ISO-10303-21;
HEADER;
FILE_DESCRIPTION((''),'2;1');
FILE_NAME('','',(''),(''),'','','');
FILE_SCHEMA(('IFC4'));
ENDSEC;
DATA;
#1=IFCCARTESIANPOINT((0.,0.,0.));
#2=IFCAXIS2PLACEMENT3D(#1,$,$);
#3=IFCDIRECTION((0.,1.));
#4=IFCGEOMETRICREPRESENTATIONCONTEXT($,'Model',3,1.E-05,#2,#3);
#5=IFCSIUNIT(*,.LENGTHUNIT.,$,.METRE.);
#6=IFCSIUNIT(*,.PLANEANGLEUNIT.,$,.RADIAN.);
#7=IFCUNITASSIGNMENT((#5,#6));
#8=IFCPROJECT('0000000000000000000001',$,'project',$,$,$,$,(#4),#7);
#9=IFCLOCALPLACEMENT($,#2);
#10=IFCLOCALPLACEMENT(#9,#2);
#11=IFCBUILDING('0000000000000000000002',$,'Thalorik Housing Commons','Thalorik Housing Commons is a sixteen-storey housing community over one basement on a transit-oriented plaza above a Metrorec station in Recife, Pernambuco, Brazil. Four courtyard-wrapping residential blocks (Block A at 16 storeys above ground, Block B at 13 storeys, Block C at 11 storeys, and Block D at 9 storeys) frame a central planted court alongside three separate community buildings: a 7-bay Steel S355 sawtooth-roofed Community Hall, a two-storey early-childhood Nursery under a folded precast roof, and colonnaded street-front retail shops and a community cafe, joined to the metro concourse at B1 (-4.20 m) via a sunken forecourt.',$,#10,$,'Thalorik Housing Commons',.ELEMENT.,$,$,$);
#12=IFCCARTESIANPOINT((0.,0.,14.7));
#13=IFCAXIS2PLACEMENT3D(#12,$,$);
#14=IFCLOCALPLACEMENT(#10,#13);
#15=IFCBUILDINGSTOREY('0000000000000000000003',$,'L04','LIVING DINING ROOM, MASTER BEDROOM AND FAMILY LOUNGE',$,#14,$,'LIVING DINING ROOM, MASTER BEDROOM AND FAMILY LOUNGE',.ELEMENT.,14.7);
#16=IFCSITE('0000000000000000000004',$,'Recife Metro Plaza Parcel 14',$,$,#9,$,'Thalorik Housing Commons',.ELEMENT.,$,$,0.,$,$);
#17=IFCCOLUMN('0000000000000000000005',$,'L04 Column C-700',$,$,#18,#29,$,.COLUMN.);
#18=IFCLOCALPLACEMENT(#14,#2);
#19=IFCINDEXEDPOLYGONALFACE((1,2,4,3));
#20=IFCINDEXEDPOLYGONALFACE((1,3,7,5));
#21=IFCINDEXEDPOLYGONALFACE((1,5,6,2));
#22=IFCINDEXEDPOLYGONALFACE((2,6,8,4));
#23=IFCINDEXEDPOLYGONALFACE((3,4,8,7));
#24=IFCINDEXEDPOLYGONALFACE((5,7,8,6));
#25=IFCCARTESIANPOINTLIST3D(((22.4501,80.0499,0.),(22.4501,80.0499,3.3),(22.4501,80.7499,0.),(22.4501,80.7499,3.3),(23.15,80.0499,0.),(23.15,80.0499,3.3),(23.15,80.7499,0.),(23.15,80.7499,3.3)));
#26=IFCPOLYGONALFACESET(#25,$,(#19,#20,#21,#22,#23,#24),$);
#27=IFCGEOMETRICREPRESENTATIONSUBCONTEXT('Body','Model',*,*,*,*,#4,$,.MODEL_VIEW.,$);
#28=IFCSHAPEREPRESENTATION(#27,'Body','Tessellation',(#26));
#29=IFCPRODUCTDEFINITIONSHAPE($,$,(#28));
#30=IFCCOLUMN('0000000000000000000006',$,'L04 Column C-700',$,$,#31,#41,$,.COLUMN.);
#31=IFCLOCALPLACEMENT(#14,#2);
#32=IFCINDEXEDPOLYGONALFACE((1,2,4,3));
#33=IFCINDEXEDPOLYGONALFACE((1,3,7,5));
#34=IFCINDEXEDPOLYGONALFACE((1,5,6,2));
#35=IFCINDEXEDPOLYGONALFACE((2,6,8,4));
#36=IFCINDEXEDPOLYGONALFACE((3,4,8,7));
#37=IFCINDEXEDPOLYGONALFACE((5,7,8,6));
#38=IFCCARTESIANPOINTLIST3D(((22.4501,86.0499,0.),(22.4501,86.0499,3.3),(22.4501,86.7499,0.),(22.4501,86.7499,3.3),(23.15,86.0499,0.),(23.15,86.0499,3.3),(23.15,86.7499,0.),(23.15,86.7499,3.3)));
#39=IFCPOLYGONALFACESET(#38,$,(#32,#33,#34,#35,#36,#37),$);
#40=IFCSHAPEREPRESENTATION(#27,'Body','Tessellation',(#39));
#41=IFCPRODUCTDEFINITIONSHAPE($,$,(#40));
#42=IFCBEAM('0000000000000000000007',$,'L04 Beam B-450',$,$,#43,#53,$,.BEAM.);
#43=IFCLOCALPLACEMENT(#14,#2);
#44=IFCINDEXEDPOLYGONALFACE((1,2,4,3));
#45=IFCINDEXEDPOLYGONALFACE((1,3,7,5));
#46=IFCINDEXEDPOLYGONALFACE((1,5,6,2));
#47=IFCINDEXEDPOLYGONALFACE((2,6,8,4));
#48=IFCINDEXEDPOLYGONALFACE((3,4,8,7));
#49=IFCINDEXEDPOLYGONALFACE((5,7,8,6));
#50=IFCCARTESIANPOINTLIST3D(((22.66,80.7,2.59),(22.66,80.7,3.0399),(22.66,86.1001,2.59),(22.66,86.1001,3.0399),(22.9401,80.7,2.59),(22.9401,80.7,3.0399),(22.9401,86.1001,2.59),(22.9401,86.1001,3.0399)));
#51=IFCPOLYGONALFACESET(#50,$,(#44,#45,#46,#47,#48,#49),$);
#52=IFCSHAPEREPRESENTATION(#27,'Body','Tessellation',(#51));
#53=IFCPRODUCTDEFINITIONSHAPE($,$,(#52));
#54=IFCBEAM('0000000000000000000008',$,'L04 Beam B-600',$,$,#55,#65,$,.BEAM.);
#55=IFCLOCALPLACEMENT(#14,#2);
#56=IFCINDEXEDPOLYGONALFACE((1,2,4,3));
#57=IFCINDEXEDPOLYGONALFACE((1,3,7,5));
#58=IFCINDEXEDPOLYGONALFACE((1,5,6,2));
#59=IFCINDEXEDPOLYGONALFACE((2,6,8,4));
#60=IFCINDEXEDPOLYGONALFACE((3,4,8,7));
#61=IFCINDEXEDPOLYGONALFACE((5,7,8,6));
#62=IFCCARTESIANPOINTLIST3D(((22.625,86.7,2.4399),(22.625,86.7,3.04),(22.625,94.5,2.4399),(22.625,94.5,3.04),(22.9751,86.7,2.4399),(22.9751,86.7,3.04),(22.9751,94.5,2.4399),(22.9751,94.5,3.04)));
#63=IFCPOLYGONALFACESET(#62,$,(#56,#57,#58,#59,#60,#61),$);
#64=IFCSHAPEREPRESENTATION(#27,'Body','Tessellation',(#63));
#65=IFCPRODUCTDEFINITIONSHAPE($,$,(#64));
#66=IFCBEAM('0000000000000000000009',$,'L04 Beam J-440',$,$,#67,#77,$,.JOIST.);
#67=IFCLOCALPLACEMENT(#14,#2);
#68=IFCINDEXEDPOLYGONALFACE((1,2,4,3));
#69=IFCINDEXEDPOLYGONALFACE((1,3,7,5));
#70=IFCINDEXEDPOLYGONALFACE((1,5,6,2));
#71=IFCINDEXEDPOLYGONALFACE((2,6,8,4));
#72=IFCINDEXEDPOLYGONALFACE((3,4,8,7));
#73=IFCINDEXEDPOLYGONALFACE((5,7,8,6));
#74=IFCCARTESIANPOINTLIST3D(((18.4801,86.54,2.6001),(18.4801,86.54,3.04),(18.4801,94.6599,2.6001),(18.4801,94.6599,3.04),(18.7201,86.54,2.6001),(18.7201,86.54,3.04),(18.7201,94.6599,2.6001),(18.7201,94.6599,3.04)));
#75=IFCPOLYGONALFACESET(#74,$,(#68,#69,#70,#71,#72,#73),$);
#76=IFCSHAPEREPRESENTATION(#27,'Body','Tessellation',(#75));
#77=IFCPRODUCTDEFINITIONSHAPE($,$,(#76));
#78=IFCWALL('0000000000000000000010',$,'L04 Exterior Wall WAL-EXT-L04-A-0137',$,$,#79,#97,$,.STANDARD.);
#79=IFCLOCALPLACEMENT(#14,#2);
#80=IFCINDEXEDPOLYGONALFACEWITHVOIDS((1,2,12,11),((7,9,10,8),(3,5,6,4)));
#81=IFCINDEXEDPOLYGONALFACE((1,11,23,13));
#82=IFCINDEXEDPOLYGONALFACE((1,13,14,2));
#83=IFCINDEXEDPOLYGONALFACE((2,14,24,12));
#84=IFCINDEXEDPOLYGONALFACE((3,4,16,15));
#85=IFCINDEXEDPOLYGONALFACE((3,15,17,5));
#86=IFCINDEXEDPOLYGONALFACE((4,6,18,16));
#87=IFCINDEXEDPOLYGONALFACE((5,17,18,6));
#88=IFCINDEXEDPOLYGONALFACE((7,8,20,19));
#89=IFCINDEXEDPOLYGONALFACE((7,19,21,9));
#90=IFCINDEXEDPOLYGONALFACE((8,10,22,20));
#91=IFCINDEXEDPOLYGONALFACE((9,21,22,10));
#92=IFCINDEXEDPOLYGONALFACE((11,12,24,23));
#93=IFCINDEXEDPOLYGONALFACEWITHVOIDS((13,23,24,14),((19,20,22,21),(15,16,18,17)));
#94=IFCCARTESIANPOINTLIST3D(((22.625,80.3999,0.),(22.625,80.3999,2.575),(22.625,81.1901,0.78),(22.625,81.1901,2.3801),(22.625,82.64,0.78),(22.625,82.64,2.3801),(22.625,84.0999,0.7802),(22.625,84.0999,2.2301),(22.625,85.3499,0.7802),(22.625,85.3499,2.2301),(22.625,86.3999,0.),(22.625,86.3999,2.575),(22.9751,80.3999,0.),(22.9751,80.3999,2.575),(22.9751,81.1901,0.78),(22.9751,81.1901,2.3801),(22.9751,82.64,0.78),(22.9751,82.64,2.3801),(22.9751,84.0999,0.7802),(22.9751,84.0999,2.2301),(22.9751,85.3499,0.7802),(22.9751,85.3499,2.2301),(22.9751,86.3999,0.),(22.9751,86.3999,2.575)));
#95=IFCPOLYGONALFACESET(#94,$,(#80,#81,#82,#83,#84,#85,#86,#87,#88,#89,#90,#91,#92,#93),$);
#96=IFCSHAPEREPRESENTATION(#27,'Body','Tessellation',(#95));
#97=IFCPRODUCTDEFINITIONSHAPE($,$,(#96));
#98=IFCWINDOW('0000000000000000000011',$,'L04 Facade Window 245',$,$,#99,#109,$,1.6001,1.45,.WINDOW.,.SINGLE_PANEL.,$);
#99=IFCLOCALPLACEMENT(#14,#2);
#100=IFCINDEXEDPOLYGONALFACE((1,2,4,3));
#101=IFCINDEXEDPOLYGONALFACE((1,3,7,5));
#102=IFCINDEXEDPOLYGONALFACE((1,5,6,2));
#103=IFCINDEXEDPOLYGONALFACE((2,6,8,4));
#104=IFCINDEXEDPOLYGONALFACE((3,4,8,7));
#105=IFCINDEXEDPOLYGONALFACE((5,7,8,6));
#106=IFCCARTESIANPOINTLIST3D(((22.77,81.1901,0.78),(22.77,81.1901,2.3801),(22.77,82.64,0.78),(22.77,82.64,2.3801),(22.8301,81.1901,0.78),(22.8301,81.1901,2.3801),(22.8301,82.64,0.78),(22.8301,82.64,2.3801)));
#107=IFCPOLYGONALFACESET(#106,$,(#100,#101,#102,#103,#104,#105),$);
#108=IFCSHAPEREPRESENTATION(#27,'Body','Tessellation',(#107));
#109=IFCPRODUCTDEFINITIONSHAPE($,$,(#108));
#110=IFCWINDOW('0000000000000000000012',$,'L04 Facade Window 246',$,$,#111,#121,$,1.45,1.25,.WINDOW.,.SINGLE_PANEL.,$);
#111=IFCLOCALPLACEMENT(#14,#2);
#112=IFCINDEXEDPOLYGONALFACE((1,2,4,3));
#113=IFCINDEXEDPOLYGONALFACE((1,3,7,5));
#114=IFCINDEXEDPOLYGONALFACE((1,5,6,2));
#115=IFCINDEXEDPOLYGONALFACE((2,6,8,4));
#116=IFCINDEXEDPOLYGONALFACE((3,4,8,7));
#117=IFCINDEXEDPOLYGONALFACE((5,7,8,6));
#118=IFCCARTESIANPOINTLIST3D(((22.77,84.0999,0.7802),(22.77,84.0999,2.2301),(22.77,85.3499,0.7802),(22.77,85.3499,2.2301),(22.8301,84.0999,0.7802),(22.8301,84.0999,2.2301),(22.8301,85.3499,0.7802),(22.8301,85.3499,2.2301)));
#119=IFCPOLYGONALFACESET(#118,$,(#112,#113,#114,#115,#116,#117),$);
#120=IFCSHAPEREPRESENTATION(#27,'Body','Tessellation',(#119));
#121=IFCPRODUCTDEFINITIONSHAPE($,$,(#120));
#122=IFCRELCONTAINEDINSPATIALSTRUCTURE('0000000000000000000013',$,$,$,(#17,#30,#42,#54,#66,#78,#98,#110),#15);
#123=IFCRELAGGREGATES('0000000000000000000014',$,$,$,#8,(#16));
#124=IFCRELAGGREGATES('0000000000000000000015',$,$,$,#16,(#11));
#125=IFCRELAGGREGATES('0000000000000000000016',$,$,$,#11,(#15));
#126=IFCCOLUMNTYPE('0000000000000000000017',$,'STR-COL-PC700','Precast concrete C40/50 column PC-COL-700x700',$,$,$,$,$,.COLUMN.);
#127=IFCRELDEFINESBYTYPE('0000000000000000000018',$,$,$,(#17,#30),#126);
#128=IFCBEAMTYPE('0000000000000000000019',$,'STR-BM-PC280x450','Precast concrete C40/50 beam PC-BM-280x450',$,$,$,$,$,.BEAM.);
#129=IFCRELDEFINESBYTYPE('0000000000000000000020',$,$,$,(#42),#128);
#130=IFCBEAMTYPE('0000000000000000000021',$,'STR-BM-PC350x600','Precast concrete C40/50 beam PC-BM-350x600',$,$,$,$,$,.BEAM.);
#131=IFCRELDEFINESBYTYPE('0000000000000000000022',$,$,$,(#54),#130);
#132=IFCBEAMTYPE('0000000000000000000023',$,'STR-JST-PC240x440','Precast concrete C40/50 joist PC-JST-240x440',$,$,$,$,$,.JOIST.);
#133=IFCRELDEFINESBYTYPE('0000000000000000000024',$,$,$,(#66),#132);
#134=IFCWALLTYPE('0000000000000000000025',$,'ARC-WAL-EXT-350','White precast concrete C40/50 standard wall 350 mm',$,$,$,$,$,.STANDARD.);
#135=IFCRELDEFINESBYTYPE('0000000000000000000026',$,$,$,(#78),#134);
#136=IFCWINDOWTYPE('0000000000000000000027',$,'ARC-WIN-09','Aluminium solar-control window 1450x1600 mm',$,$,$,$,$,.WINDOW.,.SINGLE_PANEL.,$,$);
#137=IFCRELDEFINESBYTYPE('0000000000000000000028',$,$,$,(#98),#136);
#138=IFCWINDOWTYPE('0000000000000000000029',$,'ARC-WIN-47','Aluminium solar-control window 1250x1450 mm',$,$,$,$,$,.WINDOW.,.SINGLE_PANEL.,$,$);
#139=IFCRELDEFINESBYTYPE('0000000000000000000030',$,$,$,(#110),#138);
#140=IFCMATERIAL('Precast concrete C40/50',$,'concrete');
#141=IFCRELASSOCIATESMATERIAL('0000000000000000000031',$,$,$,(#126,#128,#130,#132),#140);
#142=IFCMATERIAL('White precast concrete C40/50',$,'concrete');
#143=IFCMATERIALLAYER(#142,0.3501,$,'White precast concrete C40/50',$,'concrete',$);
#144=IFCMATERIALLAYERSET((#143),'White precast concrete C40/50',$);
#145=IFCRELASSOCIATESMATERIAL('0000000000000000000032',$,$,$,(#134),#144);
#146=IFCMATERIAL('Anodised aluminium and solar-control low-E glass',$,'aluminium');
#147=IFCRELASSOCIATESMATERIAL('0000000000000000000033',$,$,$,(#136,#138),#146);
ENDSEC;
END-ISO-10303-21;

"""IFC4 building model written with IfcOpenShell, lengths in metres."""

from ifc_helpers import new_model, si_unit, direction, frame, frame_2d, origin, origin_2d, place, context, subcontext, project, spatial, rectangle, extrude, material, layer, layer_set, material_profile, profile_set, type_object, element, fill, save


model = new_model("IFC4")

# Units and contexts
model_context = context("Model", 3, precision=1e-05, world=origin(), true_north=direction((0.0, 1.0)))
body_context = subcontext(model_context, "Body", "Model", "MODEL_VIEW")
ifc_project = project(units=[si_unit("LENGTHUNIT", "METRE"), si_unit("PLANEANGLEUNIT", "RADIAN")], contexts=[model_context])

# Site, building, storey
site_placement = place(None, origin())
site = spatial("IfcSite", under=ifc_project, at=site_placement, Name="Recife Metro Plaza Parcel 14", LongName="Thalorik Housing Commons", CompositionType="ELEMENT", RefElevation=0.0)
building_placement = place(site_placement, origin())
building = spatial("IfcBuilding", under=site, at=building_placement, Name="Thalorik Housing Commons", Description="Thalorik Housing Commons is a sixteen-storey housing community over one basement on a transit-oriented plaza above a Metrorec station in Recife, Pernambuco, Brazil. Four courtyard-wrapping residential blocks (Block A at 16 storeys above ground, Block B at 13 storeys, Block C at 11 storeys, and Block D at 9 storeys) frame a central planted court alongside three separate community buildings: a 7-bay Steel S355 sawtooth-roofed Community Hall, a two-storey early-childhood Nursery under a folded precast roof, and colonnaded street-front retail shops and a community cafe, joined to the metro concourse at B1 (-4.20 m) via a sunken forecourt.", LongName="Thalorik Housing Commons", CompositionType="ELEMENT")
storey_placement = place(building_placement, frame((0.0, 0.0, 14.7)))
storey = spatial("IfcBuildingStorey", under=building, at=storey_placement, Name="L04", Description="LIVING DINING ROOM, MASTER BEDROOM AND FAMILY LOUNGE", LongName="LIVING DINING ROOM, MASTER BEDROOM AND FAMILY LOUNGE", CompositionType="ELEMENT", Elevation=14.7)

# Columns
ifc_material_1 = material(Name="Precast concrete C40/50", Category="concrete")
ifc_material_profile_1 = material_profile(ifc_material_1, rectangle(XDim=0.7, YDim=0.7, at=origin_2d()), Name="PC 700x700", Category="concrete")
ifc_profile_set_1 = profile_set([ifc_material_profile_1], Name="Precast concrete C40/50")
column_type = type_object("IfcColumnType", Name="STR-COL-PC700", Description="Precast concrete C40/50 column PC-COL-700x700", PredefinedType="COLUMN", material=ifc_profile_set_1)
for number, where, z_axis, x_axis, name in (
    (1, (22.8, 80.3999, 0.0), (0.0, 0.0, 1.0), (1.0, 0.0, 0.0), "L04 Column C-700"),
    (2, (22.8, 86.3999, 0.0), (0.0, 0.0, 1.0), (1.0, 0.0, 0.0), "L04 Column C-700"),
):
    element("IfcColumn", number, at=place(storey_placement, frame(where, z_axis=z_axis, x_axis=x_axis)), inside=storey, type_object=column_type, Name=name, PredefinedType="COLUMN", context=body_context, shape_type="SweptSolid", body=[
        extrude(rectangle(XDim=0.7, YDim=0.7, at=origin_2d()), origin(), (0.0, 0.0, 1.0), 3.3),
    ])

# Beams
ifc_material_profile_2 = material_profile(ifc_material_1, rectangle(XDim=0.28, YDim=0.45, at=origin_2d()), Name="PC 280x450", Category="concrete")
ifc_profile_set_2 = profile_set([ifc_material_profile_2], Name="Precast concrete C40/50")
beam_type_1 = type_object("IfcBeamType", Name="STR-BM-PC280x450", Description="Precast concrete C40/50 beam PC-BM-280x450", PredefinedType="BEAM", material=ifc_profile_set_2)
beam_1_placement = place(storey_placement, frame((22.8, 80.7, 2.8149), z_axis=(0.0, 1.0, 0.0), x_axis=(-1.0, 0.0, 0.0)))
element("IfcBeam", 3, at=beam_1_placement, inside=storey, type_object=beam_type_1, Name="L04 Beam B-450", PredefinedType="BEAM", context=body_context, shape_type="SweptSolid", body=[
    extrude(rectangle(XDim=0.28, YDim=0.45, at=origin_2d()), origin(), (0.0, 0.0, 1.0), 5.4001),
])
ifc_material_profile_3 = material_profile(ifc_material_1, rectangle(XDim=0.3501, YDim=0.6001, at=origin_2d()), Name="PC 350x600", Category="concrete")
ifc_profile_set_3 = profile_set([ifc_material_profile_3], Name="Precast concrete C40/50")
beam_type_2 = type_object("IfcBeamType", Name="STR-BM-PC350x600", Description="Precast concrete C40/50 beam PC-BM-350x600", PredefinedType="BEAM", material=ifc_profile_set_3)
beam_2_placement = place(storey_placement, frame((22.8, 86.7, 2.74), z_axis=(0.0, 1.0, 0.0), x_axis=(-1.0, 0.0, 0.0)))
element("IfcBeam", 4, at=beam_2_placement, inside=storey, type_object=beam_type_2, Name="L04 Beam B-600", PredefinedType="BEAM", context=body_context, shape_type="SweptSolid", body=[
    extrude(rectangle(XDim=0.3501, YDim=0.6001, at=origin_2d()), origin(), (0.0, 0.0, 1.0), 7.8),
])
ifc_material_profile_4 = material_profile(ifc_material_1, rectangle(XDim=0.24, YDim=0.4399, at=origin_2d()), Name="PC JST 240x440", Category="concrete")
ifc_profile_set_4 = profile_set([ifc_material_profile_4], Name="Precast concrete C40/50")
beam_type_3 = type_object("IfcBeamType", Name="STR-JST-PC240x440", Description="Precast concrete C40/50 joist PC-JST-240x440", PredefinedType="JOIST", material=ifc_profile_set_4)
beam_3_placement = place(storey_placement, frame((18.6001, 86.54, 2.8201), z_axis=(0.0, 1.0, 0.0), x_axis=(-1.0, 0.0, 0.0)))
element("IfcBeam", 5, at=beam_3_placement, inside=storey, type_object=beam_type_3, Name="L04 Beam J-440", PredefinedType="JOIST", context=body_context, shape_type="SweptSolid", body=[
    extrude(rectangle(XDim=0.24, YDim=0.4399, at=origin_2d()), origin(), (0.0, 0.0, 1.0), 8.1199),
])

# Wall, openings, windows
ifc_material_2 = material(Name="White precast concrete C40/50", Category="concrete")
ifc_layer_1 = layer(ifc_material_2, 0.3501, Name="White precast concrete C40/50", Category="concrete")
ifc_layer_set_1 = layer_set([ifc_layer_1], Name="White precast concrete C40/50")
wall_type_1 = type_object("IfcWallType", Name="ARC-WAL-EXT-350", Description="White precast concrete C40/50 standard wall 350 mm", PredefinedType="STANDARD", material=ifc_layer_set_1)
wall_1_placement = place(storey_placement, frame((22.8, 80.3999, 0.0), z_axis=(0.0, 0.0, 1.0), x_axis=(0.0, 1.0, 0.0)))
wall_1 = element("IfcWall", 6, at=wall_1_placement, inside=storey, type_object=wall_type_1, Name="L04 Exterior Wall WAL-EXT-L04-A-0137", PredefinedType="STANDARD", context=body_context, shape_type="SweptSolid", body=[
    extrude(rectangle(XDim=6.0, YDim=0.3501, at=frame_2d((3.0, 0.0))), origin(), (0.0, 0.0, 1.0), 2.575),
])
opening_1_placement = place(wall_1_placement, frame((0.79, 0.0, 0.78)))
opening_1 = element("IfcOpeningElement", 7, at=opening_1_placement, cuts=wall_1, PredefinedType="OPENING", context=body_context, shape_type="SweptSolid", body=[
    extrude(rectangle(XDim=1.45, YDim=1.6001, at=frame_2d((0.7251, 0.8))), frame((0.0, 0.1851, 0.0), z_axis=(0.0, -1.0, 0.0), x_axis=(1.0, 0.0, 0.0)), (0.0, 0.0, 1.0), 0.3701),
])
opening_2_placement = place(wall_1_placement, frame((3.7, 0.0, 0.78)))
opening_2 = element("IfcOpeningElement", 8, at=opening_2_placement, cuts=wall_1, PredefinedType="OPENING", context=body_context, shape_type="SweptSolid", body=[
    extrude(rectangle(XDim=1.25, YDim=1.45, at=frame_2d((0.625, 0.7251))), frame((0.0, 0.1851, 0.0), z_axis=(0.0, -1.0, 0.0), x_axis=(1.0, 0.0, 0.0)), (0.0, 0.0, 1.0), 0.3701),
])
ifc_material_3 = material(Name="Anodised aluminium and solar-control low-E glass", Category="aluminium")
window_type_1 = type_object("IfcWindowType", Name="ARC-WIN-09", Description="Aluminium solar-control window 1450x1600 mm", PartitioningType="SINGLE_PANEL", PredefinedType="WINDOW", material=ifc_material_3)
window_1_placement = place(opening_1_placement, origin())
window_1 = element("IfcWindow", 9, at=window_1_placement, inside=storey, type_object=window_type_1, Name="L04 Facade Window 245", OverallHeight=1.6001, OverallWidth=1.45, PartitioningType="SINGLE_PANEL", PredefinedType="WINDOW", context=body_context, shape_type="SweptSolid", body=[
    extrude(rectangle(XDim=1.45, YDim=1.6001, at=frame_2d((0.7251, 0.8))), frame((0.0, 0.03, 0.0), z_axis=(0.0, -1.0, 0.0), x_axis=(1.0, 0.0, 0.0)), (0.0, 0.0, 1.0), 0.0601),
])
fill(opening_1, window_1)
window_type_2 = type_object("IfcWindowType", Name="ARC-WIN-47", Description="Aluminium solar-control window 1250x1450 mm", PartitioningType="SINGLE_PANEL", PredefinedType="WINDOW", material=ifc_material_3)
window_2_placement = place(opening_2_placement, origin())
window_2 = element("IfcWindow", 10, at=window_2_placement, inside=storey, type_object=window_type_2, Name="L04 Facade Window 246", OverallHeight=1.45, OverallWidth=1.25, PartitioningType="SINGLE_PANEL", PredefinedType="WINDOW", context=body_context, shape_type="SweptSolid", body=[
    extrude(rectangle(XDim=1.25, YDim=1.45, at=frame_2d((0.625, 0.7251))), frame((0.0, 0.03, 0.0), z_axis=(0.0, -1.0, 0.0), x_axis=(1.0, 0.0, 0.0)), (0.0, 0.0, 1.0), 0.0601),
])
fill(opening_2, window_2)

save(model, "model.ifc")
